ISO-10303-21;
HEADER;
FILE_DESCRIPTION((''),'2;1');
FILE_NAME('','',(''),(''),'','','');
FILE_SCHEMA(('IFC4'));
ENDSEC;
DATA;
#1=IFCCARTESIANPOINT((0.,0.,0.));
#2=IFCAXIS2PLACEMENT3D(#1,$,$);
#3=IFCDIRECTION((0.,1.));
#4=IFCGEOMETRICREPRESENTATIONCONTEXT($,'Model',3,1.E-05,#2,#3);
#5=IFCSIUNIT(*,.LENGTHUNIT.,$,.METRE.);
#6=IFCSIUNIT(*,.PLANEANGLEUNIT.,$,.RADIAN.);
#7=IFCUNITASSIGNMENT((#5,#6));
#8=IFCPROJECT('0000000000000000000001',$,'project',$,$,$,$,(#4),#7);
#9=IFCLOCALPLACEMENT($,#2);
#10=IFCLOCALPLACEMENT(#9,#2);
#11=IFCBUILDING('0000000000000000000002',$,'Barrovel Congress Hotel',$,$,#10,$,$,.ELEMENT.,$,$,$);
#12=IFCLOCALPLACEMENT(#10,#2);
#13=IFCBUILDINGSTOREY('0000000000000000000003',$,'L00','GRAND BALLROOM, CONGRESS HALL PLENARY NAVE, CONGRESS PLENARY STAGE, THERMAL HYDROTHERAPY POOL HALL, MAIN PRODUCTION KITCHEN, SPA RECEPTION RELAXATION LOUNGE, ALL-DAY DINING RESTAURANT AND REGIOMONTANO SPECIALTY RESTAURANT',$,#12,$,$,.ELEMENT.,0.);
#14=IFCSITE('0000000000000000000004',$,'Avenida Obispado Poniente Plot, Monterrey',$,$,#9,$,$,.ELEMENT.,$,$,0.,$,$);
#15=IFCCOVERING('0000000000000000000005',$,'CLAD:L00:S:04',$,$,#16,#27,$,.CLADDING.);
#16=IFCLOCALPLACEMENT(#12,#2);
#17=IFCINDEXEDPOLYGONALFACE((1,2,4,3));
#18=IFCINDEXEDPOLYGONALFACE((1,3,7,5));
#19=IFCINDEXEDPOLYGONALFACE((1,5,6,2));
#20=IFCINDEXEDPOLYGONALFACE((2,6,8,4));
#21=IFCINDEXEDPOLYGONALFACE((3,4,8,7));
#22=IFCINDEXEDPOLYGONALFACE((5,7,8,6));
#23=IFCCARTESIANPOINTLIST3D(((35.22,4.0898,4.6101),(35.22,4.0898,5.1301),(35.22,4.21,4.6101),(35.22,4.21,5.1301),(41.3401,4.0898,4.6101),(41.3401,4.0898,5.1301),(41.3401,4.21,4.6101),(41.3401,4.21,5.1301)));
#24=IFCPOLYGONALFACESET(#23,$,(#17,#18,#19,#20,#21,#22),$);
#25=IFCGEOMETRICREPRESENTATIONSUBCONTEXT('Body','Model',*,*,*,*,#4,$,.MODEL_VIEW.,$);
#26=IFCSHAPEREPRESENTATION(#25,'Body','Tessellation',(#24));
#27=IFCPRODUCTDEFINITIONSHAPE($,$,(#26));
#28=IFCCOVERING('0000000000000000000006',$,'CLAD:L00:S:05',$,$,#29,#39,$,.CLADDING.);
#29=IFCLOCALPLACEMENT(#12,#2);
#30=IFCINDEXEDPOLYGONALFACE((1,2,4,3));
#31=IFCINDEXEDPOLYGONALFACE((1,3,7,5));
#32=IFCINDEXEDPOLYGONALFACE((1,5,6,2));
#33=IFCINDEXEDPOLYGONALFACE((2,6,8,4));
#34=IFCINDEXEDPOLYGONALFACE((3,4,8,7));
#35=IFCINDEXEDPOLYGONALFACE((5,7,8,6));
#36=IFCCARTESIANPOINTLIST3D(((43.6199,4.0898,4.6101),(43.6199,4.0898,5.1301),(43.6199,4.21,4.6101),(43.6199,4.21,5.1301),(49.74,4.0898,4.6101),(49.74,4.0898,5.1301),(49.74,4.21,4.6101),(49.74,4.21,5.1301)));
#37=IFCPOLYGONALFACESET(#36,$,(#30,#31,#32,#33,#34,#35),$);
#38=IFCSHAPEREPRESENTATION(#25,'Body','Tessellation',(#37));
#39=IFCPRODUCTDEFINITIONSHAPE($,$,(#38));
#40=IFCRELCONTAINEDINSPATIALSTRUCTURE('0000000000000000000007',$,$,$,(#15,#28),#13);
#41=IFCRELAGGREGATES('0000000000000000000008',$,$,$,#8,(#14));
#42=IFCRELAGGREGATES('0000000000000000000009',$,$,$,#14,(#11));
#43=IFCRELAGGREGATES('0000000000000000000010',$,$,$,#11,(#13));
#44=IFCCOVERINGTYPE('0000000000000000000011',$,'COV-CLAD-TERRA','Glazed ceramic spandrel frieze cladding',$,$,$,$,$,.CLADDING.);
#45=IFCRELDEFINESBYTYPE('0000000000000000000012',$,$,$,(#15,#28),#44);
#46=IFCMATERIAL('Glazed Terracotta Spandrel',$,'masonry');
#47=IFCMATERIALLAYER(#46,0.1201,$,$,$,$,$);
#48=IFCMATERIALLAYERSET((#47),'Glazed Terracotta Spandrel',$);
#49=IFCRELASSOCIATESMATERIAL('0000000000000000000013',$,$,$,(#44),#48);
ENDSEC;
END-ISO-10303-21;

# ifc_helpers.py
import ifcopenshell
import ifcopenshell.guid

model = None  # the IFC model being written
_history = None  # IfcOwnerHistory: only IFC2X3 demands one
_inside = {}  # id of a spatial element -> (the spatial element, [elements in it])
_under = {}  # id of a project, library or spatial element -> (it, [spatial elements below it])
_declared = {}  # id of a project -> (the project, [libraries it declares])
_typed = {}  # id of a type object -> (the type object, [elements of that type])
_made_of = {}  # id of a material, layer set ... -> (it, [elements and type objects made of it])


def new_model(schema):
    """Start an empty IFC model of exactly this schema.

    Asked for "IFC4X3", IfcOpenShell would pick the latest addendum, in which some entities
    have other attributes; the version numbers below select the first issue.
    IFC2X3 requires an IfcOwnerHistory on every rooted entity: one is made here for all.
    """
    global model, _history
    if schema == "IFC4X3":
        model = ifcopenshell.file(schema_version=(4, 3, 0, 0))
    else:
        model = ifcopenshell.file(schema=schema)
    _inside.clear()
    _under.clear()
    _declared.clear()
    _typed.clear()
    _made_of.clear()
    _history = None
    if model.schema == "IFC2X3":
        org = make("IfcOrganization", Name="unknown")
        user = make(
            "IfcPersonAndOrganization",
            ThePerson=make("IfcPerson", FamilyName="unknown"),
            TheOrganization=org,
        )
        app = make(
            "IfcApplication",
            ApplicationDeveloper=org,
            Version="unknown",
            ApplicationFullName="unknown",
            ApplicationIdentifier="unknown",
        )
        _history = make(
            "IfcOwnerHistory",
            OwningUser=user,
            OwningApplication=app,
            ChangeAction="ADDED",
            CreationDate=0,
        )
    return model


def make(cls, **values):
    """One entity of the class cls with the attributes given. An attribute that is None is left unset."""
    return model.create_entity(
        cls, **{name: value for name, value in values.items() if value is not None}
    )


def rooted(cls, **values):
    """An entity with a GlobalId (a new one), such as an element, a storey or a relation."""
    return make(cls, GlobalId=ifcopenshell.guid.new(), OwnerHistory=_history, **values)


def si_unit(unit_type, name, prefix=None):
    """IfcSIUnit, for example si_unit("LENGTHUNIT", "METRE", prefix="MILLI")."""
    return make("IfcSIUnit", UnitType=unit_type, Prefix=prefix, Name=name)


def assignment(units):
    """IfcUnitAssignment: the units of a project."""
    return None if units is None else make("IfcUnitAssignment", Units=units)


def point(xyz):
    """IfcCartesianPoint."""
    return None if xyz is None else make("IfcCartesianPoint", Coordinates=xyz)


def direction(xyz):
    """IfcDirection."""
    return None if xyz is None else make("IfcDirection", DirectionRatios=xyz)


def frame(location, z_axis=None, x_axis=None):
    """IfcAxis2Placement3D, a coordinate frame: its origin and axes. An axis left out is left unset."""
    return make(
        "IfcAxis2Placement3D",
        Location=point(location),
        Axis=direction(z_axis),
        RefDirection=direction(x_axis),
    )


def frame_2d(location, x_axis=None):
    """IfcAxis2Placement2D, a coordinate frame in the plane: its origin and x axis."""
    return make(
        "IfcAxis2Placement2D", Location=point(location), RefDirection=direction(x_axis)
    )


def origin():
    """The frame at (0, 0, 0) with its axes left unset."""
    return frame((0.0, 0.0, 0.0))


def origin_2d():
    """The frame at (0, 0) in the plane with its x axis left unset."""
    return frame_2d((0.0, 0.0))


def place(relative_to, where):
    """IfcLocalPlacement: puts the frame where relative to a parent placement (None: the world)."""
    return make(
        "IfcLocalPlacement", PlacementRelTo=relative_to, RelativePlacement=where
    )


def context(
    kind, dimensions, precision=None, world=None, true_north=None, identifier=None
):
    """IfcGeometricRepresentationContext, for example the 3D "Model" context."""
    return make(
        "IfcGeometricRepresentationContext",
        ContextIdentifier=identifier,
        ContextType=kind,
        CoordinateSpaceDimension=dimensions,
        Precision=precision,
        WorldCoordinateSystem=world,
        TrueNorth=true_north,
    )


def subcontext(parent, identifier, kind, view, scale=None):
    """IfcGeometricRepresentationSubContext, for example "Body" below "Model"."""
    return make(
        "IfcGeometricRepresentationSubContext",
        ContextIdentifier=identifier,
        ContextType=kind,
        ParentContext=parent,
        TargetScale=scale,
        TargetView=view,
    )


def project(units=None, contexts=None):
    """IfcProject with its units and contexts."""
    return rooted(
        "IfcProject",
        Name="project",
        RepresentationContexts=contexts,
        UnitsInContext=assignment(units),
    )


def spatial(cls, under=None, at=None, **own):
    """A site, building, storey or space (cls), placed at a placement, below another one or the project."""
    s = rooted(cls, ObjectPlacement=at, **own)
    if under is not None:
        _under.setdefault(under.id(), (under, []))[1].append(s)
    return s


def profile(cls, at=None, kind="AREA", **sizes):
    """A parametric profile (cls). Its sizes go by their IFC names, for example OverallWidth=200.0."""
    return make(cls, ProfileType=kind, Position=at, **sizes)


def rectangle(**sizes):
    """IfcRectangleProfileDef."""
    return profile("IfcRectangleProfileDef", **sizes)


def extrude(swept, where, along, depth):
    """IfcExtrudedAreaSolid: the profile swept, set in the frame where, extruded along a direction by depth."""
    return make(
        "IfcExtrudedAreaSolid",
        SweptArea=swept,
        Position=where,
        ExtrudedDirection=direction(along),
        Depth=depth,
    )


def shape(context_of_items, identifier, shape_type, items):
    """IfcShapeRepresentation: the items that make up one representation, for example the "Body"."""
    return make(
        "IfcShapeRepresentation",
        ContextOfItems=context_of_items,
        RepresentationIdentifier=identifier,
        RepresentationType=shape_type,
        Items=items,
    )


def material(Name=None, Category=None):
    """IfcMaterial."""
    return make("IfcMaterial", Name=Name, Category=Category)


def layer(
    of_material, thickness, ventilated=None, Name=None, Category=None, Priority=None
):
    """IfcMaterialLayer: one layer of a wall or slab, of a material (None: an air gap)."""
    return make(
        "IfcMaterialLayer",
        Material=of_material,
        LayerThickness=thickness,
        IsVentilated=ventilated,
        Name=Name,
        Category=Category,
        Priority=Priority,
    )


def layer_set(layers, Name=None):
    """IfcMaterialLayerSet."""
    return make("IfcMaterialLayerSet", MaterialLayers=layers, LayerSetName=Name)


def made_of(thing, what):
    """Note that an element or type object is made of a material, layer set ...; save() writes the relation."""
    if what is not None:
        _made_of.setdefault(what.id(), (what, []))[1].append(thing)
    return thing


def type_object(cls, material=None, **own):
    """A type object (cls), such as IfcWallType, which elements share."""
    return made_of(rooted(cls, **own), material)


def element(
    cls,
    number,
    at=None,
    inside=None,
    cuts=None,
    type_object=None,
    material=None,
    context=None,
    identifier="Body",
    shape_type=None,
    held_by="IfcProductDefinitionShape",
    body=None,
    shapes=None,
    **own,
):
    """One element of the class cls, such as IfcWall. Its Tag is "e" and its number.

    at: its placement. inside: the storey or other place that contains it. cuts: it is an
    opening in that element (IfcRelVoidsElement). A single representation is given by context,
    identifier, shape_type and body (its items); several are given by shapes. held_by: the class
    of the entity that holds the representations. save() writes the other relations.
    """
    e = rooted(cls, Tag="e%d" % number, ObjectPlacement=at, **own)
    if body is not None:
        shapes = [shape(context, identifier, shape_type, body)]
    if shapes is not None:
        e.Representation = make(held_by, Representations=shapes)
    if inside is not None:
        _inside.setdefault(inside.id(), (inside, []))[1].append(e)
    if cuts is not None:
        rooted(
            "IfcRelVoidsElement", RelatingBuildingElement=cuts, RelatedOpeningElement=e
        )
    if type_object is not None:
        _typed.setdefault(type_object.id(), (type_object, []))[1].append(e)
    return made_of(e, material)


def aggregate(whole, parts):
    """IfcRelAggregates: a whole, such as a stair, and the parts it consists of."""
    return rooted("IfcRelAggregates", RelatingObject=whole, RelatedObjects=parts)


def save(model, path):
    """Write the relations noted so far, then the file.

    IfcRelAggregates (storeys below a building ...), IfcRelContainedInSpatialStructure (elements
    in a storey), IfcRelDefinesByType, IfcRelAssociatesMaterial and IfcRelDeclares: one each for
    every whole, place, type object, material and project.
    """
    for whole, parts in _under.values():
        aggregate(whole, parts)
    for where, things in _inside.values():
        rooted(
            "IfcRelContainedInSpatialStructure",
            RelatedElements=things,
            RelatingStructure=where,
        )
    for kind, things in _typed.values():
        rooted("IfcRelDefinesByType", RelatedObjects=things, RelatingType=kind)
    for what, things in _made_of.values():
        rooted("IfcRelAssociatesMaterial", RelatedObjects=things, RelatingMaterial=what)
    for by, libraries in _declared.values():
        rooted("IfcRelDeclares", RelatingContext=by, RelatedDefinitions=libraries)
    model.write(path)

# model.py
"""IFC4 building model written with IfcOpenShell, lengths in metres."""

from ifc_helpers import new_model, si_unit, direction, frame, origin, origin_2d, place, context, subcontext, project, spatial, rectangle, extrude, material, layer, layer_set, type_object, element, save


model = new_model("IFC4")

# Units and contexts
model_context = context("Model", 3, precision=1e-05, world=origin(), true_north=direction((0.0, 1.0)))
body_context = subcontext(model_context, "Body", "Model", "MODEL_VIEW")
ifc_project = project(units=[si_unit("LENGTHUNIT", "METRE"), si_unit("PLANEANGLEUNIT", "RADIAN")], contexts=[model_context])

# Site, building, storey
site_placement = place(None, origin())
site = spatial("IfcSite", under=ifc_project, at=site_placement, Name="Avenida Obispado Poniente Plot, Monterrey", CompositionType="ELEMENT", RefElevation=0.0)
building_placement = place(site_placement, origin())
building = spatial("IfcBuilding", under=site, at=building_placement, Name="Barrovel Congress Hotel", CompositionType="ELEMENT")
storey_placement = place(building_placement, origin())
storey = spatial("IfcBuildingStorey", under=building, at=storey_placement, Name="L00", Description="GRAND BALLROOM, CONGRESS HALL PLENARY NAVE, CONGRESS PLENARY STAGE, THERMAL HYDROTHERAPY POOL HALL, MAIN PRODUCTION KITCHEN, SPA RECEPTION RELAXATION LOUNGE, ALL-DAY DINING RESTAURANT AND REGIOMONTANO SPECIALTY RESTAURANT", CompositionType="ELEMENT", Elevation=0.0)

# Coverings
ifc_material_1 = material(Name="Glazed Terracotta Spandrel", Category="masonry")
ifc_layer_1 = layer(ifc_material_1, 0.1201)
ifc_layer_set_1 = layer_set([ifc_layer_1], Name="Glazed Terracotta Spandrel")
covering_type = type_object("IfcCoveringType", Name="COV-CLAD-TERRA", Description="Glazed ceramic spandrel frieze cladding", PredefinedType="CLADDING", material=ifc_layer_set_1)
for number, where, z_axis, x_axis, name in (
    (1, (38.28, 4.1499, 4.6101), (0.0, 0.0, 1.0), (1.0, 0.0, 0.0), "CLAD:L00:S:04"),
    (2, (46.6799, 4.1499, 4.6101), (0.0, 0.0, 1.0), (1.0, 0.0, 0.0), "CLAD:L00:S:05"),
):
    element("IfcCovering", number, at=place(storey_placement, frame(where, z_axis=z_axis, x_axis=x_axis)), inside=storey, type_object=covering_type, Name=name, PredefinedType="CLADDING", context=body_context, shape_type="SweptSolid", body=[
        extrude(rectangle(XDim=6.1201, YDim=0.1201, at=origin_2d()), origin(), (0.0, 0.0, 1.0), 0.52),
    ])

save(model, "model.ifc")
